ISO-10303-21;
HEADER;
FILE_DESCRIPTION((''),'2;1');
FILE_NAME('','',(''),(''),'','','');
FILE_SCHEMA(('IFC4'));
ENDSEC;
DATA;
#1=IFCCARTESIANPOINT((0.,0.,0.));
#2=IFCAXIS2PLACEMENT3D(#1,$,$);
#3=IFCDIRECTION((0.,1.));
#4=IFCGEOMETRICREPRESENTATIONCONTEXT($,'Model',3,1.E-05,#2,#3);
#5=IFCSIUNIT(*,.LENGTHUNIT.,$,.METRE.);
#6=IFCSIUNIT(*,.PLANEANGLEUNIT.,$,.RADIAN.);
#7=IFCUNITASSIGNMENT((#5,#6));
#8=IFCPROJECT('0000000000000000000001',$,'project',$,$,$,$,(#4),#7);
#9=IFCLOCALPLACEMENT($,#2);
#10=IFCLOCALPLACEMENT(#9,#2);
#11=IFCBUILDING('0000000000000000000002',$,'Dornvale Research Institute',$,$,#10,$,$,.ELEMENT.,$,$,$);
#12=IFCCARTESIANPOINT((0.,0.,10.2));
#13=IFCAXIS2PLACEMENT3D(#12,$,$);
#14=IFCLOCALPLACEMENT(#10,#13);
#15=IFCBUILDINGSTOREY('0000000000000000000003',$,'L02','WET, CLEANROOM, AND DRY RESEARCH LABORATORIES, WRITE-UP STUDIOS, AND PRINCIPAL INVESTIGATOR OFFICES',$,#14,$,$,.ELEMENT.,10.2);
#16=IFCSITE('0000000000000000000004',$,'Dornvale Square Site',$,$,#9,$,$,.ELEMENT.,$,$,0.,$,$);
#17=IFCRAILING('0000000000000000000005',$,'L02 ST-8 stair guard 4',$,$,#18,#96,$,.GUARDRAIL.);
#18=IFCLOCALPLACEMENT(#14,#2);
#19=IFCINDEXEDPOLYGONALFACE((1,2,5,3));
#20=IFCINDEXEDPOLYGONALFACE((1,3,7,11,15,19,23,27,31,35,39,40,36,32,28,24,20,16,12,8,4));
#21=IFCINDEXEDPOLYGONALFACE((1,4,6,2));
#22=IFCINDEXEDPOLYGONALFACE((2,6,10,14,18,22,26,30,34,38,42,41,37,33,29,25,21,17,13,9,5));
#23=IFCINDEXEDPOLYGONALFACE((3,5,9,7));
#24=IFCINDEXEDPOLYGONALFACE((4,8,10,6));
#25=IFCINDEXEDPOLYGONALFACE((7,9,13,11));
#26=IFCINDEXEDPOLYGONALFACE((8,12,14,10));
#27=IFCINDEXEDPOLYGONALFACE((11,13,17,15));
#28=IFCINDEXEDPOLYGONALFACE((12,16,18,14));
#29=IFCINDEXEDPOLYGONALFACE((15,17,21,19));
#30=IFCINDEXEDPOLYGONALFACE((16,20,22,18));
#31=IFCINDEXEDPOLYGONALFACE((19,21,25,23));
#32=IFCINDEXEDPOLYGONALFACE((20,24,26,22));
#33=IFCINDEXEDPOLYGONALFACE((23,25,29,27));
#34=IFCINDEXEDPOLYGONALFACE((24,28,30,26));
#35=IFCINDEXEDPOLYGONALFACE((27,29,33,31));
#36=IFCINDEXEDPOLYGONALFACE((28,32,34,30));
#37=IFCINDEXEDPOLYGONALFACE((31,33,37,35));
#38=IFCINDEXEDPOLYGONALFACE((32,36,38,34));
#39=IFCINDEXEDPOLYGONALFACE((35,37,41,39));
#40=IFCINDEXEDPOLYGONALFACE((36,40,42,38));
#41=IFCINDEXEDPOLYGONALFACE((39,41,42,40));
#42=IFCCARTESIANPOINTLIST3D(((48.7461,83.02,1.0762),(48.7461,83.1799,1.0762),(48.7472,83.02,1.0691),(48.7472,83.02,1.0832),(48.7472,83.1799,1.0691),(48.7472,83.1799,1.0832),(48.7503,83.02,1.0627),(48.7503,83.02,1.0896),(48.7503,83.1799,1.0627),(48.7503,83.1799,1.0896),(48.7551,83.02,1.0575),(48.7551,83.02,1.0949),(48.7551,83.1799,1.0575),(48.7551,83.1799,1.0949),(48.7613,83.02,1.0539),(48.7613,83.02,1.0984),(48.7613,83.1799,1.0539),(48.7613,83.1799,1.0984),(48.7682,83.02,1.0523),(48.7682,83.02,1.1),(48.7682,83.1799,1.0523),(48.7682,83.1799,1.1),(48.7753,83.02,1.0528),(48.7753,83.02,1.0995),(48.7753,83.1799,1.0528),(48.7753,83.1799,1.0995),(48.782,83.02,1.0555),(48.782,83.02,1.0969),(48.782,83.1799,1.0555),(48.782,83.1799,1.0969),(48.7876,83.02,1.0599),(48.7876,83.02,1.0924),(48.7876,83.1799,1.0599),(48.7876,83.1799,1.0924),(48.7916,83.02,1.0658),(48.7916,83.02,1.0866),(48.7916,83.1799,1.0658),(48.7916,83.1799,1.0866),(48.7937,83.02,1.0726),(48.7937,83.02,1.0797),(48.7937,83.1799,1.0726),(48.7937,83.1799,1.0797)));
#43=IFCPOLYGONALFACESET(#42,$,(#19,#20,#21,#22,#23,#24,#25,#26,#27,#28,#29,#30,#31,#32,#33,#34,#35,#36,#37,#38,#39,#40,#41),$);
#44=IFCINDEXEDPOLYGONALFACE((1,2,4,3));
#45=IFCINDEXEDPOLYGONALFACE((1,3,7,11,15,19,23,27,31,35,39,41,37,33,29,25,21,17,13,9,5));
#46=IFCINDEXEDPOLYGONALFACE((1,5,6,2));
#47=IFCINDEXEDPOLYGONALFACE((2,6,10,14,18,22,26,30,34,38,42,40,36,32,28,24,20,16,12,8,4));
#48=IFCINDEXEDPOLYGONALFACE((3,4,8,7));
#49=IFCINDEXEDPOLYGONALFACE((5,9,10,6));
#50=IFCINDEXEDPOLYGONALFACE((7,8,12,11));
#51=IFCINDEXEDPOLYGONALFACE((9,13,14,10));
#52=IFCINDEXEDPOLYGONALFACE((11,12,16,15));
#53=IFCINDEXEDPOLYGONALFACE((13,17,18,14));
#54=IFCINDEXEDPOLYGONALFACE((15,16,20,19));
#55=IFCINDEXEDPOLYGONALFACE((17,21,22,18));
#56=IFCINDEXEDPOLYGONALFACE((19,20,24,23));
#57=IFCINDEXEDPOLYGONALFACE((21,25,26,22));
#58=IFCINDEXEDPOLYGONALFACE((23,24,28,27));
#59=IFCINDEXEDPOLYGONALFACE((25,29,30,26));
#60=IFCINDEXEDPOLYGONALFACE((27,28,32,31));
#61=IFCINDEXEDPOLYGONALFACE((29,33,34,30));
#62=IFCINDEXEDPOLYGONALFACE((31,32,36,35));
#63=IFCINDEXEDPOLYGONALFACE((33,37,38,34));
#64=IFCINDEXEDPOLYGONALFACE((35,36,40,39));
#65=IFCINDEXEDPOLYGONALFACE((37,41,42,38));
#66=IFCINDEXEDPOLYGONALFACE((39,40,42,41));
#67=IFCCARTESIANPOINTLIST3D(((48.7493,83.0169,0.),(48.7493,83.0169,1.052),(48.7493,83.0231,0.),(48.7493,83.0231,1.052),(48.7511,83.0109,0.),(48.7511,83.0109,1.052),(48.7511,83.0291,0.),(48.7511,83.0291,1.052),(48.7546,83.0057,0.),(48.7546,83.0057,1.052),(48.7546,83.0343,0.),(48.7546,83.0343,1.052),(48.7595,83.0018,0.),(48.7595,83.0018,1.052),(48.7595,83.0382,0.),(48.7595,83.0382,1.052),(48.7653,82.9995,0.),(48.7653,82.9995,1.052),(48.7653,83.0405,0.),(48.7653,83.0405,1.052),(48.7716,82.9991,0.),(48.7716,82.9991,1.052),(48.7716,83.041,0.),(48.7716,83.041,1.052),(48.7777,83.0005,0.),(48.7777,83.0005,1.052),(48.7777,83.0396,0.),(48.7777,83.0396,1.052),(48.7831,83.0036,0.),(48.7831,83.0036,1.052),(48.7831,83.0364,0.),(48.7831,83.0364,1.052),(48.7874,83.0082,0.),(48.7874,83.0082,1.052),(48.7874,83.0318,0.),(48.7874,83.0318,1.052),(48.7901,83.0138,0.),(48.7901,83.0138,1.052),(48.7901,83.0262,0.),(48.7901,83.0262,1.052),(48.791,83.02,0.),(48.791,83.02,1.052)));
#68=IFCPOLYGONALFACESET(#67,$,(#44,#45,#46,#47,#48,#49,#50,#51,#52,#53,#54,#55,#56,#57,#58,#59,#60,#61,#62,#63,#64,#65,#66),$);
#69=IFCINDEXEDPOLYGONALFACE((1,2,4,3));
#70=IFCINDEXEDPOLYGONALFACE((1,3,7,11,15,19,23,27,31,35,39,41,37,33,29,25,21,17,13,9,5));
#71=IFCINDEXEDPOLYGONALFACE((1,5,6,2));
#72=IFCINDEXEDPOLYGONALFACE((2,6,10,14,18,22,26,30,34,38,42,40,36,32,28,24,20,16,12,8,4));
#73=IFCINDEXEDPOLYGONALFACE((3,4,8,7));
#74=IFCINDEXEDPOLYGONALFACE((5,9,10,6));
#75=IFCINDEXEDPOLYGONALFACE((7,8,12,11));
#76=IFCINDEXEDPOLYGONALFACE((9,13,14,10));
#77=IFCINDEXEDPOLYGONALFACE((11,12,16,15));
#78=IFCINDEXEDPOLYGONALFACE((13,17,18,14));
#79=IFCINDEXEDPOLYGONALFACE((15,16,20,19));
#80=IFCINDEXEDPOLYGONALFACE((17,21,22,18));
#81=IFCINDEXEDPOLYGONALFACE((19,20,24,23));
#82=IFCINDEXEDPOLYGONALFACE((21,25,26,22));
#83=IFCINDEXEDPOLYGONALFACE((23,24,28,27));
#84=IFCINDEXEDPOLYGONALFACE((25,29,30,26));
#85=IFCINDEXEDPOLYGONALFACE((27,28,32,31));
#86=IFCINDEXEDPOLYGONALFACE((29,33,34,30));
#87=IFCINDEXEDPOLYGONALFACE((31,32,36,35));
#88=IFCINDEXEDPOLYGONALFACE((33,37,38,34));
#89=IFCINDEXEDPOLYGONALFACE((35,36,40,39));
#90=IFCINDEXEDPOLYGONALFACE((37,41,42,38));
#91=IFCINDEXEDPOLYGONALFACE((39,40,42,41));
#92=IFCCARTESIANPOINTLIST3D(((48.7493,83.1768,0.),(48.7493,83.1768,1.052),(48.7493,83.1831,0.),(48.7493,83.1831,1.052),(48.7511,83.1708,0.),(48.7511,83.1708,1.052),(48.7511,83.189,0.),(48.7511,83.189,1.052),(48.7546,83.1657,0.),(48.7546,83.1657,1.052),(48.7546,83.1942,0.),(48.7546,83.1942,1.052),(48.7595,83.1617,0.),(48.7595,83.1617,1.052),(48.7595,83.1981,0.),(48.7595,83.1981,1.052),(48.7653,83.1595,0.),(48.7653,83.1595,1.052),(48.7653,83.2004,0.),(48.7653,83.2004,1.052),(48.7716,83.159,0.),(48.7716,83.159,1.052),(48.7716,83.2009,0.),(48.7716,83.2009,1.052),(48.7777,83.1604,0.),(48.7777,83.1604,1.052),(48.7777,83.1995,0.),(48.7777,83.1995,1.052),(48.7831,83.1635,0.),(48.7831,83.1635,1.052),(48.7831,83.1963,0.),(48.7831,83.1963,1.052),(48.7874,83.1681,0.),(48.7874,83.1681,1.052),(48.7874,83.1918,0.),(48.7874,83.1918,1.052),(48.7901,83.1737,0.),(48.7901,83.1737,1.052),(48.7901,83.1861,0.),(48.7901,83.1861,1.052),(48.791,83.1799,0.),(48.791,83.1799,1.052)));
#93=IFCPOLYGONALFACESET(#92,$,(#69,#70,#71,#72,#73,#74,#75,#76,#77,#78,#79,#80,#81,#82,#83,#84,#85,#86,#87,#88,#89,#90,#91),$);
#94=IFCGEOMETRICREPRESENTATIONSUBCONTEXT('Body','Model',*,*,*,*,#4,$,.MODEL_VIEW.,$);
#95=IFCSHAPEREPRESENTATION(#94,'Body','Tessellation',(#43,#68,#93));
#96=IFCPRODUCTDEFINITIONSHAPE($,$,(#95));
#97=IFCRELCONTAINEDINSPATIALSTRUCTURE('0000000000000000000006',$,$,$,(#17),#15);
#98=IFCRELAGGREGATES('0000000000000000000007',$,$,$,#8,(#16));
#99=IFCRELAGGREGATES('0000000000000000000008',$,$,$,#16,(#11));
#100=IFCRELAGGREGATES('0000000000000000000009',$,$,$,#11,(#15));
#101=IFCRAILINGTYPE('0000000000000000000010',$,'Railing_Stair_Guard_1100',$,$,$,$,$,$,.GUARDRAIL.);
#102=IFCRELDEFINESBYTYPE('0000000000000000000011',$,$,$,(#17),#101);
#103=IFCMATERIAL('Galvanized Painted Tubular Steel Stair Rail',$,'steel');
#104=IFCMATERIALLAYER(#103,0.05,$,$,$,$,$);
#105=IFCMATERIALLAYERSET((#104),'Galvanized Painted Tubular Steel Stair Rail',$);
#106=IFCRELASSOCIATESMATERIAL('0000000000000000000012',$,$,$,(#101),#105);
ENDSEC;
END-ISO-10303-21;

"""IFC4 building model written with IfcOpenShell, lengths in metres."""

from ifc_helpers import new_model, si_unit, direction, frame, origin, origin_2d, place, context, subcontext, project, spatial, circle, extrude, material, layer, layer_set, type_object, element, save


model = new_model("IFC4")

# Units and contexts
model_context = context("Model", 3, precision=1e-05, world=origin(), true_north=direction((0.0, 1.0)))
body_context = subcontext(model_context, "Body", "Model", "MODEL_VIEW")
ifc_project = project(units=[si_unit("LENGTHUNIT", "METRE"), si_unit("PLANEANGLEUNIT", "RADIAN")], contexts=[model_context])

# Site, building, storey
site_placement = place(None, origin())
site = spatial("IfcSite", under=ifc_project, at=site_placement, Name="Dornvale Square Site", CompositionType="ELEMENT", RefElevation=0.0)
building_placement = place(site_placement, origin())
building = spatial("IfcBuilding", under=site, at=building_placement, Name="Dornvale Research Institute", CompositionType="ELEMENT")
storey_placement = place(building_placement, frame((0.0, 0.0, 10.2)))
storey = spatial("IfcBuildingStorey", under=building, at=storey_placement, Name="L02", Description="WET, CLEANROOM, AND DRY RESEARCH LABORATORIES, WRITE-UP STUDIOS, AND PRINCIPAL INVESTIGATOR OFFICES", CompositionType="ELEMENT", Elevation=10.2)

# Railing
ifc_material_1 = material(Name="Galvanized Painted Tubular Steel Stair Rail", Category="steel")
ifc_layer_1 = layer(ifc_material_1, 0.05)
ifc_layer_set_1 = layer_set([ifc_layer_1], Name="Galvanized Painted Tubular Steel Stair Rail")
railing_type_1 = type_object("IfcRailingType", Name="Railing_Stair_Guard_1100", PredefinedType="GUARDRAIL", material=ifc_layer_set_1)
railing_1_placement = place(storey_placement, frame((48.77, 83.02, 0.0)))
element("IfcRailing", 1, at=railing_1_placement, inside=storey, type_object=railing_type_1, Name="L02 ST-8 stair guard 4", PredefinedType="GUARDRAIL", context=body_context, shape_type="SweptSolid", body=[
    extrude(circle(Radius=0.0239, at=origin_2d()), frame((0.0, 0.0, 1.0762), z_axis=(0.0, 1.0, 0.0), x_axis=(-1.0, 0.0, 0.0)), (0.0, 0.0, 1.0), 0.1599),
    extrude(circle(Radius=0.021, at=origin_2d()), origin(), (0.0, 0.0, 1.0), 1.052),
    extrude(circle(Radius=0.021, at=origin_2d()), frame((0.0, 0.1599, 0.0)), (0.0, 0.0, 1.0), 1.052),
])

save(model, "model.ifc")
